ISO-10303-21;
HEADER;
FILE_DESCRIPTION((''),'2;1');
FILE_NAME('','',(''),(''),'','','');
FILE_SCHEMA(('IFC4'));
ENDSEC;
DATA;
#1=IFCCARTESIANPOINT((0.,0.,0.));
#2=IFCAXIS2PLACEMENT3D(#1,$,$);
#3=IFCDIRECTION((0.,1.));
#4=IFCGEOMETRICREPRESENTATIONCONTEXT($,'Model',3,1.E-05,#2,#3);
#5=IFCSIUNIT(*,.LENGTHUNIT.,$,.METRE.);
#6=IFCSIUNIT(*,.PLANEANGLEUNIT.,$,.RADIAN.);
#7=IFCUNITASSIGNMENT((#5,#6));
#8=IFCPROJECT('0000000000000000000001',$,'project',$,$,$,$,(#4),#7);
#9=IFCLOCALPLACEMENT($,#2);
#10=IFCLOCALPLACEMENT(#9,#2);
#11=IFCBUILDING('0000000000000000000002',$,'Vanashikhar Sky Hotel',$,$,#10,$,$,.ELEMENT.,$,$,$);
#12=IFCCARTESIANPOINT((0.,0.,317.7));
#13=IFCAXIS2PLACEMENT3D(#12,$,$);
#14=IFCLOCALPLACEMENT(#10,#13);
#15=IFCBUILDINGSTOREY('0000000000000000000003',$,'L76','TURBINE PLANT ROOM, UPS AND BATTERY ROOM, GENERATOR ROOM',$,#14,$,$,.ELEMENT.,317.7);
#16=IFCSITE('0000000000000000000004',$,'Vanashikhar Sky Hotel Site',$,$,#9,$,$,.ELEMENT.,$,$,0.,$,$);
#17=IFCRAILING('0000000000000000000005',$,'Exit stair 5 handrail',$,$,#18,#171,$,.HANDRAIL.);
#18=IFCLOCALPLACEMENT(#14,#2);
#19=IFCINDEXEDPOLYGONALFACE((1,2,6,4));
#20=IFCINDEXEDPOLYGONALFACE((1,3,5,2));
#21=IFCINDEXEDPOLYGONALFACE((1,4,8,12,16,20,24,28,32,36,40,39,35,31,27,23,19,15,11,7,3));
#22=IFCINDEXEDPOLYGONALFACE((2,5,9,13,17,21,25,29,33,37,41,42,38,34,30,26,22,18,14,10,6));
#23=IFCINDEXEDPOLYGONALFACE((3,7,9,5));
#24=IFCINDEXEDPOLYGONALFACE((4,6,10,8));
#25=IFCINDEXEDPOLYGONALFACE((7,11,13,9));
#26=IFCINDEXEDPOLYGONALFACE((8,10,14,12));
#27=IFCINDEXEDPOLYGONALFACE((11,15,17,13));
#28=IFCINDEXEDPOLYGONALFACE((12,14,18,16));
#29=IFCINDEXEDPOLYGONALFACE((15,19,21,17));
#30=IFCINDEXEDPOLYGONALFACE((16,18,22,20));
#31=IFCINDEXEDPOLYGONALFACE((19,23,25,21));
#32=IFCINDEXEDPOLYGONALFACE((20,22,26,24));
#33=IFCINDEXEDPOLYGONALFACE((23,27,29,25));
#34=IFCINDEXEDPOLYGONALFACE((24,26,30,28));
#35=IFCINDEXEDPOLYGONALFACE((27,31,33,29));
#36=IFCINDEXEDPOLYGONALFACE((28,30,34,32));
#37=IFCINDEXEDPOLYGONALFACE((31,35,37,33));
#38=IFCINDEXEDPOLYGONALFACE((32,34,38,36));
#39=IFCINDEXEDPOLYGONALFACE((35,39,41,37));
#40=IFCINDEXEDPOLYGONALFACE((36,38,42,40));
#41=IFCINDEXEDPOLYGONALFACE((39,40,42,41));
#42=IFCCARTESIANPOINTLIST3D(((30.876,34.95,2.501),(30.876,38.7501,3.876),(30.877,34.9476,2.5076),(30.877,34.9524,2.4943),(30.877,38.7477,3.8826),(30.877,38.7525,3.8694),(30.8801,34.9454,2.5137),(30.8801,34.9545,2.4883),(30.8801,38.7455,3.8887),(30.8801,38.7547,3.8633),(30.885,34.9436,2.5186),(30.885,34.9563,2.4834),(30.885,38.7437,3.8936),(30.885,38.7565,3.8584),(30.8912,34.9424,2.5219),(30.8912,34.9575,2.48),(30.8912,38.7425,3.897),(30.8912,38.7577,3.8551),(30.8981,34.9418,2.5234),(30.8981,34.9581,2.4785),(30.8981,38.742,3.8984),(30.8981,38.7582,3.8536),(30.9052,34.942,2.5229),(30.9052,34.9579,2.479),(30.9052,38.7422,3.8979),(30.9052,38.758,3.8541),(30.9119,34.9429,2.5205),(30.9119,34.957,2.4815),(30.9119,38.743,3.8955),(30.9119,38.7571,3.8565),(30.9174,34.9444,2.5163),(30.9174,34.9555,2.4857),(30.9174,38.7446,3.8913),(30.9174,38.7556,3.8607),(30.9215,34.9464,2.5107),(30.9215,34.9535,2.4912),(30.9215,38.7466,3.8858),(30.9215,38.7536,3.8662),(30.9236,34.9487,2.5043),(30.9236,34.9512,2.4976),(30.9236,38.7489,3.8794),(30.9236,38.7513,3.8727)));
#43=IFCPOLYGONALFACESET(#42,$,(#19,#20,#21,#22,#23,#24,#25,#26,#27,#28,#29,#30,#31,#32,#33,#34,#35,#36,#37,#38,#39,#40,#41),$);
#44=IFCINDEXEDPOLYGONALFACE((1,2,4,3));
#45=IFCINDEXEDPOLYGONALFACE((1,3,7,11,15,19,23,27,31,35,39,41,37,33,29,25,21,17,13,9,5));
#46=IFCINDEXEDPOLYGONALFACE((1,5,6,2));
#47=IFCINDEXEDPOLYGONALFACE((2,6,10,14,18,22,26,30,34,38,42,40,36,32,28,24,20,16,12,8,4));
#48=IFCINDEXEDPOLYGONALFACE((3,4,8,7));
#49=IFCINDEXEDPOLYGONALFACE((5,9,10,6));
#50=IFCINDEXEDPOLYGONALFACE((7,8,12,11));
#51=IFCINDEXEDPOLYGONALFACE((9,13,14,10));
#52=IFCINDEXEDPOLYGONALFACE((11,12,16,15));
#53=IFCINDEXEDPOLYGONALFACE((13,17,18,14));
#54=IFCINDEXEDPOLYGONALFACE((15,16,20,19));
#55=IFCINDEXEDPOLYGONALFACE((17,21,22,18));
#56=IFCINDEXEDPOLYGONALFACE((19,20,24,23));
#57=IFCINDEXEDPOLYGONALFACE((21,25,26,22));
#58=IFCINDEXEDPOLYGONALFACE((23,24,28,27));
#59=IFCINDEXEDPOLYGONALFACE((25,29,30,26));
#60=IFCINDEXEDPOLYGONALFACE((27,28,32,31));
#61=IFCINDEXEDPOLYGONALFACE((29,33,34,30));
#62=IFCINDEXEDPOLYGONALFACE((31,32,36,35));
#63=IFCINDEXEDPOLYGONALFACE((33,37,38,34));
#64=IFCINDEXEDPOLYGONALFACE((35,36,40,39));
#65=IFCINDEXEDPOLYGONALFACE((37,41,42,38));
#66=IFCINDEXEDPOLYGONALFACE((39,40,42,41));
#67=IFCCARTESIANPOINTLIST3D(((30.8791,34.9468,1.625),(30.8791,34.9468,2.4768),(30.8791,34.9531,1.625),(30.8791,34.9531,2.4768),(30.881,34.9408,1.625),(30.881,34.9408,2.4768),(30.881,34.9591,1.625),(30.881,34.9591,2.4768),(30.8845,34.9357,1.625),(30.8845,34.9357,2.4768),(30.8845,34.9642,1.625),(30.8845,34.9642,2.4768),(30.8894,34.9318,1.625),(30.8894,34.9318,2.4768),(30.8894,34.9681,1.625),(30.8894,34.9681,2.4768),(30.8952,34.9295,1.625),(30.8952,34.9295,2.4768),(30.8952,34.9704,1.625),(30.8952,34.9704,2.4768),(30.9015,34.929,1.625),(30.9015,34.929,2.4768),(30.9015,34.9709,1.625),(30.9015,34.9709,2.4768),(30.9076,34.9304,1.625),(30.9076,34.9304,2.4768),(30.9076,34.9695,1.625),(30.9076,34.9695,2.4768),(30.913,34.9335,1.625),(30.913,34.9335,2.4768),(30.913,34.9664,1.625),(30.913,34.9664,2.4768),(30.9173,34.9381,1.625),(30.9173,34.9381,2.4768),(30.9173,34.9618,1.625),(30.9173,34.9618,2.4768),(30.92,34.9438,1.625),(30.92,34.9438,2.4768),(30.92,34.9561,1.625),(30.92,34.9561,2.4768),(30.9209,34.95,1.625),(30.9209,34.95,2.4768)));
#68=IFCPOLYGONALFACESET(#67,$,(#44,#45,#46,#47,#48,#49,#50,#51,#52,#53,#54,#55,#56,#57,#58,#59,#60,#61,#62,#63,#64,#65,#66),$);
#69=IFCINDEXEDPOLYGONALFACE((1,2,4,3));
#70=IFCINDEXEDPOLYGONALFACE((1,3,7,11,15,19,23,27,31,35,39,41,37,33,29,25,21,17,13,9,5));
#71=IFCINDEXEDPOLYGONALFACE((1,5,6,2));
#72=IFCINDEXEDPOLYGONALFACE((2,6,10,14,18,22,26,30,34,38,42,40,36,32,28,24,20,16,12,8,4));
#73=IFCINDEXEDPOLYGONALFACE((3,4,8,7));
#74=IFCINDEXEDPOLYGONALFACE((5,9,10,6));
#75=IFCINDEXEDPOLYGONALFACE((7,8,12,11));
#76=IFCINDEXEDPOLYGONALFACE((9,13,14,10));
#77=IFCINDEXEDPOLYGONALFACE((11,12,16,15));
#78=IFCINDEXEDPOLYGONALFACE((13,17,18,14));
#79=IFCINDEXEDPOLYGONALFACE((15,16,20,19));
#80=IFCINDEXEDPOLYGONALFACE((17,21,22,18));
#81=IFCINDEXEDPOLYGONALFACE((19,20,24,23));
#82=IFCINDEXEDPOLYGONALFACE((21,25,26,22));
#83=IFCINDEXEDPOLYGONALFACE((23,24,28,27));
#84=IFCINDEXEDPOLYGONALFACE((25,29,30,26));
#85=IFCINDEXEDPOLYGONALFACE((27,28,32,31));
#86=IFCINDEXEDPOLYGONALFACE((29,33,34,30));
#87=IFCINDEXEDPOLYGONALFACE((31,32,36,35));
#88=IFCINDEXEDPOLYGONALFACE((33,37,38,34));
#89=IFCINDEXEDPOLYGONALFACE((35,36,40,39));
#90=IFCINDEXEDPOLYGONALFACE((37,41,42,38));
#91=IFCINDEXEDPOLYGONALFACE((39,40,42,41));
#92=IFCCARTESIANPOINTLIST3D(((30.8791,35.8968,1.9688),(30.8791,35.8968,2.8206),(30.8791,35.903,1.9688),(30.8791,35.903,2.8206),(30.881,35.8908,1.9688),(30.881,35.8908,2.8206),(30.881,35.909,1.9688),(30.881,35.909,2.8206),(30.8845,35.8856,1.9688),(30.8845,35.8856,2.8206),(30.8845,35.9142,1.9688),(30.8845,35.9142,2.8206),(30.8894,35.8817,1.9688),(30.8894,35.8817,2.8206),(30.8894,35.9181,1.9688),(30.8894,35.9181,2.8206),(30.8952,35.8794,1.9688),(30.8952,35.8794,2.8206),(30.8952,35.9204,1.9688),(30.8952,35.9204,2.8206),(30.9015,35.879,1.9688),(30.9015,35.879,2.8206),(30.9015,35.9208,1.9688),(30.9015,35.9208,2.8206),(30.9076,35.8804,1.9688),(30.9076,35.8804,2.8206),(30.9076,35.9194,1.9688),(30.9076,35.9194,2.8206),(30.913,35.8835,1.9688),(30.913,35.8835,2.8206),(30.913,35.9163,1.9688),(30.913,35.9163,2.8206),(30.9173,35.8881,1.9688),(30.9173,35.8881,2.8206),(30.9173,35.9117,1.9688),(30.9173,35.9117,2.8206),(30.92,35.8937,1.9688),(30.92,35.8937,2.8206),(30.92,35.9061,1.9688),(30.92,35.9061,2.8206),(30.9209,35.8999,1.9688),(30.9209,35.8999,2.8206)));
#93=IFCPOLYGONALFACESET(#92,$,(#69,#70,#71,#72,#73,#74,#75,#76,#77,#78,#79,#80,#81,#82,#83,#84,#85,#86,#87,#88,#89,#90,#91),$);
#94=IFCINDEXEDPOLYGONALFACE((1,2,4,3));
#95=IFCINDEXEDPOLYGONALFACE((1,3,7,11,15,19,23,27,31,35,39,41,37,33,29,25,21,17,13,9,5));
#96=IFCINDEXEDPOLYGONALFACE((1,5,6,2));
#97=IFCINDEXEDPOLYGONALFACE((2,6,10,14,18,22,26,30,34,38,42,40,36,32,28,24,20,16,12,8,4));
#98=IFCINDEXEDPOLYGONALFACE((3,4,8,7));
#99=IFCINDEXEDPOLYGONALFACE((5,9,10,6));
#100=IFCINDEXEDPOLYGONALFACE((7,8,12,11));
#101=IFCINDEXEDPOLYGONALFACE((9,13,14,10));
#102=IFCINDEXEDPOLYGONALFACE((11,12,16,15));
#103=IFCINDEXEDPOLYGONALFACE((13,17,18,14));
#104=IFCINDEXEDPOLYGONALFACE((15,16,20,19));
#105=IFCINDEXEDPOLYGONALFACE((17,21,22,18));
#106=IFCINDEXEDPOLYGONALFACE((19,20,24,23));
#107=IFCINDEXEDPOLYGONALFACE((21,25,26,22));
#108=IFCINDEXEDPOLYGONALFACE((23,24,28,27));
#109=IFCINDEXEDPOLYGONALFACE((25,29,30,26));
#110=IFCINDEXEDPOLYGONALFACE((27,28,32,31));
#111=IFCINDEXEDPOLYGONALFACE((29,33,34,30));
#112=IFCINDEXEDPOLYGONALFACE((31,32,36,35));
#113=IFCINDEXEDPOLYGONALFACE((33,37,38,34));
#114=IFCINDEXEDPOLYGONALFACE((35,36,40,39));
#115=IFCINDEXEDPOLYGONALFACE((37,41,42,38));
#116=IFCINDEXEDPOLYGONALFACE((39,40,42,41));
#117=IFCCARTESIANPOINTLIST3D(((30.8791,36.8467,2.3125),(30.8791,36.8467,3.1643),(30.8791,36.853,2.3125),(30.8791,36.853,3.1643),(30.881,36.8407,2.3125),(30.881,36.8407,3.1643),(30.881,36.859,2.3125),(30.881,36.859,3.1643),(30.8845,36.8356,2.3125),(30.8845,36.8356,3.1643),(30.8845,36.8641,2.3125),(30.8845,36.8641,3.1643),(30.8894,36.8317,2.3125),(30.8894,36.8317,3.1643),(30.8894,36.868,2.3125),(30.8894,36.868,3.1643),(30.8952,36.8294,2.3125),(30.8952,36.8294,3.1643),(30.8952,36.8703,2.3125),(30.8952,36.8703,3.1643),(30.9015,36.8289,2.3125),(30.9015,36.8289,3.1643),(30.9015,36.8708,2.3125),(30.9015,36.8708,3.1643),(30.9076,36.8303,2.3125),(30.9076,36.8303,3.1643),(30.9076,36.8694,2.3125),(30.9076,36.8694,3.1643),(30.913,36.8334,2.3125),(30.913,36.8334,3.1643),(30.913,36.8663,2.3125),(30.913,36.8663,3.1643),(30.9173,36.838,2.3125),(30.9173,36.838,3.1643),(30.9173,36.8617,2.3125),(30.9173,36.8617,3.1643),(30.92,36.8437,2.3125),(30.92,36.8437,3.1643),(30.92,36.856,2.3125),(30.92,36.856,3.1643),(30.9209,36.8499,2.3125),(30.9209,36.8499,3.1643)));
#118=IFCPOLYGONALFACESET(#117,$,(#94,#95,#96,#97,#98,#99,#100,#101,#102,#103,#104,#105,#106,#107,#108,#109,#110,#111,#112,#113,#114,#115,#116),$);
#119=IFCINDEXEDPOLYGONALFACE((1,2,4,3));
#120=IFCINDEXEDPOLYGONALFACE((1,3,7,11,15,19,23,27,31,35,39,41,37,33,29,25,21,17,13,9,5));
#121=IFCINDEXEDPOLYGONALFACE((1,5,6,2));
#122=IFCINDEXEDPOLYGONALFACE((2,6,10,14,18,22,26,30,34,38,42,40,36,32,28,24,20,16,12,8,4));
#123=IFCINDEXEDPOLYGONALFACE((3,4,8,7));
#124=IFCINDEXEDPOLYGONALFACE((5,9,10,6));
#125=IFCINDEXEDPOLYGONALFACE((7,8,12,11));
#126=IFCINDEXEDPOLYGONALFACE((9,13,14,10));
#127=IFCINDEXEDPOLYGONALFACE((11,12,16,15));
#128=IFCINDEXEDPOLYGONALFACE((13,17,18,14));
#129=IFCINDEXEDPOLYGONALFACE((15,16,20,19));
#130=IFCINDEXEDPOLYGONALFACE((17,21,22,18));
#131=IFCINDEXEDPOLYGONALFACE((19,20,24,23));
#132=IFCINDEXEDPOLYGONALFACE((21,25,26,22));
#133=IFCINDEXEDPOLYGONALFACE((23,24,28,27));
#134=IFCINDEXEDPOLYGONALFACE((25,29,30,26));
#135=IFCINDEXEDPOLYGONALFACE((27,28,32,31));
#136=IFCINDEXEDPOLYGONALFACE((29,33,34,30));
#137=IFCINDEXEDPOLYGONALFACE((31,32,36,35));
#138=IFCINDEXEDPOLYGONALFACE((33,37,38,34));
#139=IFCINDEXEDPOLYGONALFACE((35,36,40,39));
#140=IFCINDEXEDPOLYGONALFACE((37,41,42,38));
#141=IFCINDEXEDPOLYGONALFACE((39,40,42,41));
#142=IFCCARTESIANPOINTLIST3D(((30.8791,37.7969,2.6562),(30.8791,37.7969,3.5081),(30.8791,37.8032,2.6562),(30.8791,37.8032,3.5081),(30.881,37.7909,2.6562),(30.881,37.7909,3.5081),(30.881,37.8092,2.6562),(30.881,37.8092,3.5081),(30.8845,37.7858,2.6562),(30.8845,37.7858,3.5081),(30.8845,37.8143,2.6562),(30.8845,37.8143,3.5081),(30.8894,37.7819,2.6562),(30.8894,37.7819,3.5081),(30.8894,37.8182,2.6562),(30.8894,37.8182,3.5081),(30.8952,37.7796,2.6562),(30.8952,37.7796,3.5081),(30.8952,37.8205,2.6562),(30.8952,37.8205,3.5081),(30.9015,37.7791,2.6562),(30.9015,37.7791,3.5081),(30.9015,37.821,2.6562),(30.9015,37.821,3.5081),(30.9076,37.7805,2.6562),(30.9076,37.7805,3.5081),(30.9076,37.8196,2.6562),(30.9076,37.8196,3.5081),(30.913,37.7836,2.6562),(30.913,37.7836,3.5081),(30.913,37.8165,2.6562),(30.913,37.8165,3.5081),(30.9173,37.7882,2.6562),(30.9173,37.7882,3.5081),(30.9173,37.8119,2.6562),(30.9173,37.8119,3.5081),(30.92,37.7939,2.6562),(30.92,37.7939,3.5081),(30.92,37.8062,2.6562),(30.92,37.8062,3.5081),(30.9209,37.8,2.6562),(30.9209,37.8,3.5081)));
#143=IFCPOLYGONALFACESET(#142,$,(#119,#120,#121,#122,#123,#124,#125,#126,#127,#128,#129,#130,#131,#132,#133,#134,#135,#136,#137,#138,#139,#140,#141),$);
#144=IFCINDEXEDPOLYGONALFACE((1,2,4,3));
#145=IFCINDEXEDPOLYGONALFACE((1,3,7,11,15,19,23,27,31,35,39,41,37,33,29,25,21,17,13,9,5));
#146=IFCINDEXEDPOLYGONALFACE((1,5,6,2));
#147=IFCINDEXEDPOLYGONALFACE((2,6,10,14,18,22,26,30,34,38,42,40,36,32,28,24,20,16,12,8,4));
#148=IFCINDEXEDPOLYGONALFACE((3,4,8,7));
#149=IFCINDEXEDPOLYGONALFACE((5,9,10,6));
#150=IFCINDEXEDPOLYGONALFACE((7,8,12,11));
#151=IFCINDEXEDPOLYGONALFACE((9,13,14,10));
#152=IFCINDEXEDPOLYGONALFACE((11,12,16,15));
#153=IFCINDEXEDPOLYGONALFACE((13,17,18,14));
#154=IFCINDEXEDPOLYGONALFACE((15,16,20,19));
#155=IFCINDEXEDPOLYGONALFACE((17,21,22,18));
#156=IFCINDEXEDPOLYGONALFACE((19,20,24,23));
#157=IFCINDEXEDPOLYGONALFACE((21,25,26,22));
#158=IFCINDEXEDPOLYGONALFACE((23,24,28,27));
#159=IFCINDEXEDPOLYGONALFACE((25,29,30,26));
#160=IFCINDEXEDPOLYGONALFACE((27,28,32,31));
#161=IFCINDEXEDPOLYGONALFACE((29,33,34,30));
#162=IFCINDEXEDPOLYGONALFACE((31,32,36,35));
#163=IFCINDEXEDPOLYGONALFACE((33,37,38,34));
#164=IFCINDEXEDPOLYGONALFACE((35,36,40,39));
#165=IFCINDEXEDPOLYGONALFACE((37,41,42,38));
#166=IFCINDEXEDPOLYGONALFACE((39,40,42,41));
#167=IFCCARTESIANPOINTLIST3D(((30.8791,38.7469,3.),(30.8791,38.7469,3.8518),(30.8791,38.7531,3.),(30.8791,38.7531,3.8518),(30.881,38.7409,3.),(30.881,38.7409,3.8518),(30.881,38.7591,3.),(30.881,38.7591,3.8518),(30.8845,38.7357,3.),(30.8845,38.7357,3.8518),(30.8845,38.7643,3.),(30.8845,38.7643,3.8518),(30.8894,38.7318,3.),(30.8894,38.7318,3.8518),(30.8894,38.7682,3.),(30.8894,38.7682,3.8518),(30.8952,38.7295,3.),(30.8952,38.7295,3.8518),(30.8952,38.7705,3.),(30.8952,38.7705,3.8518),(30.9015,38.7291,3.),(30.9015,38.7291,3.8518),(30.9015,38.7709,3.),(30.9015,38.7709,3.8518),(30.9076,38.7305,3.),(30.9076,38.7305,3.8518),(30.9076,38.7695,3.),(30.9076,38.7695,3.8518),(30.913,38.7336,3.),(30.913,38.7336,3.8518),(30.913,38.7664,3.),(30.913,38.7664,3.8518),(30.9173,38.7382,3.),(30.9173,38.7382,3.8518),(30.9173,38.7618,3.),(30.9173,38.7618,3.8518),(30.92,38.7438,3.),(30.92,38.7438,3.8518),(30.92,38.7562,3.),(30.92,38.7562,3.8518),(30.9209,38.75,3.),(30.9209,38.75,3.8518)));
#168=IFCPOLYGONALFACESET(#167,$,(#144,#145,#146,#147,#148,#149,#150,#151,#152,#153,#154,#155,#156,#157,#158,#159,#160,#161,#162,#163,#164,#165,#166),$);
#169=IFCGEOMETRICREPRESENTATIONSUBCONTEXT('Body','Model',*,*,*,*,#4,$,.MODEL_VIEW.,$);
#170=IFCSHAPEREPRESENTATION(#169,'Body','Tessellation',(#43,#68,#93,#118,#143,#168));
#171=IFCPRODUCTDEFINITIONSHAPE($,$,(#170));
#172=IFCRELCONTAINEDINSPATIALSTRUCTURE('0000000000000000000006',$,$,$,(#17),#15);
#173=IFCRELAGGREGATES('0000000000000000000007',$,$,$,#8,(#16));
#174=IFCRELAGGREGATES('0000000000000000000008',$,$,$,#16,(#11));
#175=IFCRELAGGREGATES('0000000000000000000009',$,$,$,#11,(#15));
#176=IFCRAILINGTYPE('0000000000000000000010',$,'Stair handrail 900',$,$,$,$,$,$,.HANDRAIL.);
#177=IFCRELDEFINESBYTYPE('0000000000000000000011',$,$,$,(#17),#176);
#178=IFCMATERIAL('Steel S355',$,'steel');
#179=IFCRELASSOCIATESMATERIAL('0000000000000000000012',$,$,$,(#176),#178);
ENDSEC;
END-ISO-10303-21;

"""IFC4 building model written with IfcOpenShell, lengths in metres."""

from ifc_helpers import new_model, si_unit, direction, frame, origin, origin_2d, place, context, subcontext, project, spatial, circle, extrude, source, transform, mapped, material, type_object, element, save


model = new_model("IFC4")

# Units and contexts
model_context = context("Model", 3, precision=1e-05, world=origin(), true_north=direction((0.0, 1.0)))
body_context = subcontext(model_context, "Body", "Model", "MODEL_VIEW")
ifc_project = project(units=[si_unit("LENGTHUNIT", "METRE"), si_unit("PLANEANGLEUNIT", "RADIAN")], contexts=[model_context])

# Site, building, storey
site_placement = place(None, origin())
site = spatial("IfcSite", under=ifc_project, at=site_placement, Name="Vanashikhar Sky Hotel Site", CompositionType="ELEMENT", RefElevation=0.0)
building_placement = place(site_placement, origin())
building = spatial("IfcBuilding", under=site, at=building_placement, Name="Vanashikhar Sky Hotel", CompositionType="ELEMENT")
storey_placement = place(building_placement, frame((0.0, 0.0, 317.7)))
storey = spatial("IfcBuildingStorey", under=building, at=storey_placement, Name="L76", Description="TURBINE PLANT ROOM, UPS AND BATTERY ROOM, GENERATOR ROOM", CompositionType="ELEMENT", Elevation=317.7)

# Railing
ifc_material_1 = material(Name="Steel S355", Category="steel")
railing_type = type_object("IfcRailingType", Name="Stair handrail 900", PredefinedType="HANDRAIL", material=ifc_material_1)
shared_shape_1 = source(origin(), body_context, "Body", "SweptSolid", [
    extrude(circle(Radius=0.0239, at=origin_2d()), frame((0.0, 0.0, 0.876), z_axis=(0.0, 0.940336, 0.340249), x_axis=(-1.0, 0.0, 0.0)), (0.0, 0.0, 1.0), 4.0413),
    extrude(circle(Radius=0.021, at=origin_2d()), origin(), (0.0, 0.0, 1.0), 0.8518),
    extrude(circle(Radius=0.021, at=origin_2d()), frame((0.0, 0.95, 0.3438)), (0.0, 0.0, 1.0), 0.8518),
    extrude(circle(Radius=0.021, at=origin_2d()), frame((0.0, 1.8999, 0.6875)), (0.0, 0.0, 1.0), 0.8518),
    extrude(circle(Radius=0.021, at=origin_2d()), frame((0.0, 2.8501, 1.0312)), (0.0, 0.0, 1.0), 0.8518),
    extrude(circle(Radius=0.021, at=origin_2d()), frame((0.0, 3.8, 1.375)), (0.0, 0.0, 1.0), 0.8518),
])
for number, where, name in (
    (1, (30.8999, 34.95, 1.625), "Exit stair 5 handrail"),
):
    element("IfcRailing", number, at=place(storey_placement, frame(where)), inside=storey, type_object=railing_type, Name=name, PredefinedType="HANDRAIL", context=body_context, shape_type="MappedRepresentation", body=[
        mapped(shared_shape_1, transform((0.0, 0.0, 0.0), scale=1.0)),
    ])

save(model, "model.ifc")
